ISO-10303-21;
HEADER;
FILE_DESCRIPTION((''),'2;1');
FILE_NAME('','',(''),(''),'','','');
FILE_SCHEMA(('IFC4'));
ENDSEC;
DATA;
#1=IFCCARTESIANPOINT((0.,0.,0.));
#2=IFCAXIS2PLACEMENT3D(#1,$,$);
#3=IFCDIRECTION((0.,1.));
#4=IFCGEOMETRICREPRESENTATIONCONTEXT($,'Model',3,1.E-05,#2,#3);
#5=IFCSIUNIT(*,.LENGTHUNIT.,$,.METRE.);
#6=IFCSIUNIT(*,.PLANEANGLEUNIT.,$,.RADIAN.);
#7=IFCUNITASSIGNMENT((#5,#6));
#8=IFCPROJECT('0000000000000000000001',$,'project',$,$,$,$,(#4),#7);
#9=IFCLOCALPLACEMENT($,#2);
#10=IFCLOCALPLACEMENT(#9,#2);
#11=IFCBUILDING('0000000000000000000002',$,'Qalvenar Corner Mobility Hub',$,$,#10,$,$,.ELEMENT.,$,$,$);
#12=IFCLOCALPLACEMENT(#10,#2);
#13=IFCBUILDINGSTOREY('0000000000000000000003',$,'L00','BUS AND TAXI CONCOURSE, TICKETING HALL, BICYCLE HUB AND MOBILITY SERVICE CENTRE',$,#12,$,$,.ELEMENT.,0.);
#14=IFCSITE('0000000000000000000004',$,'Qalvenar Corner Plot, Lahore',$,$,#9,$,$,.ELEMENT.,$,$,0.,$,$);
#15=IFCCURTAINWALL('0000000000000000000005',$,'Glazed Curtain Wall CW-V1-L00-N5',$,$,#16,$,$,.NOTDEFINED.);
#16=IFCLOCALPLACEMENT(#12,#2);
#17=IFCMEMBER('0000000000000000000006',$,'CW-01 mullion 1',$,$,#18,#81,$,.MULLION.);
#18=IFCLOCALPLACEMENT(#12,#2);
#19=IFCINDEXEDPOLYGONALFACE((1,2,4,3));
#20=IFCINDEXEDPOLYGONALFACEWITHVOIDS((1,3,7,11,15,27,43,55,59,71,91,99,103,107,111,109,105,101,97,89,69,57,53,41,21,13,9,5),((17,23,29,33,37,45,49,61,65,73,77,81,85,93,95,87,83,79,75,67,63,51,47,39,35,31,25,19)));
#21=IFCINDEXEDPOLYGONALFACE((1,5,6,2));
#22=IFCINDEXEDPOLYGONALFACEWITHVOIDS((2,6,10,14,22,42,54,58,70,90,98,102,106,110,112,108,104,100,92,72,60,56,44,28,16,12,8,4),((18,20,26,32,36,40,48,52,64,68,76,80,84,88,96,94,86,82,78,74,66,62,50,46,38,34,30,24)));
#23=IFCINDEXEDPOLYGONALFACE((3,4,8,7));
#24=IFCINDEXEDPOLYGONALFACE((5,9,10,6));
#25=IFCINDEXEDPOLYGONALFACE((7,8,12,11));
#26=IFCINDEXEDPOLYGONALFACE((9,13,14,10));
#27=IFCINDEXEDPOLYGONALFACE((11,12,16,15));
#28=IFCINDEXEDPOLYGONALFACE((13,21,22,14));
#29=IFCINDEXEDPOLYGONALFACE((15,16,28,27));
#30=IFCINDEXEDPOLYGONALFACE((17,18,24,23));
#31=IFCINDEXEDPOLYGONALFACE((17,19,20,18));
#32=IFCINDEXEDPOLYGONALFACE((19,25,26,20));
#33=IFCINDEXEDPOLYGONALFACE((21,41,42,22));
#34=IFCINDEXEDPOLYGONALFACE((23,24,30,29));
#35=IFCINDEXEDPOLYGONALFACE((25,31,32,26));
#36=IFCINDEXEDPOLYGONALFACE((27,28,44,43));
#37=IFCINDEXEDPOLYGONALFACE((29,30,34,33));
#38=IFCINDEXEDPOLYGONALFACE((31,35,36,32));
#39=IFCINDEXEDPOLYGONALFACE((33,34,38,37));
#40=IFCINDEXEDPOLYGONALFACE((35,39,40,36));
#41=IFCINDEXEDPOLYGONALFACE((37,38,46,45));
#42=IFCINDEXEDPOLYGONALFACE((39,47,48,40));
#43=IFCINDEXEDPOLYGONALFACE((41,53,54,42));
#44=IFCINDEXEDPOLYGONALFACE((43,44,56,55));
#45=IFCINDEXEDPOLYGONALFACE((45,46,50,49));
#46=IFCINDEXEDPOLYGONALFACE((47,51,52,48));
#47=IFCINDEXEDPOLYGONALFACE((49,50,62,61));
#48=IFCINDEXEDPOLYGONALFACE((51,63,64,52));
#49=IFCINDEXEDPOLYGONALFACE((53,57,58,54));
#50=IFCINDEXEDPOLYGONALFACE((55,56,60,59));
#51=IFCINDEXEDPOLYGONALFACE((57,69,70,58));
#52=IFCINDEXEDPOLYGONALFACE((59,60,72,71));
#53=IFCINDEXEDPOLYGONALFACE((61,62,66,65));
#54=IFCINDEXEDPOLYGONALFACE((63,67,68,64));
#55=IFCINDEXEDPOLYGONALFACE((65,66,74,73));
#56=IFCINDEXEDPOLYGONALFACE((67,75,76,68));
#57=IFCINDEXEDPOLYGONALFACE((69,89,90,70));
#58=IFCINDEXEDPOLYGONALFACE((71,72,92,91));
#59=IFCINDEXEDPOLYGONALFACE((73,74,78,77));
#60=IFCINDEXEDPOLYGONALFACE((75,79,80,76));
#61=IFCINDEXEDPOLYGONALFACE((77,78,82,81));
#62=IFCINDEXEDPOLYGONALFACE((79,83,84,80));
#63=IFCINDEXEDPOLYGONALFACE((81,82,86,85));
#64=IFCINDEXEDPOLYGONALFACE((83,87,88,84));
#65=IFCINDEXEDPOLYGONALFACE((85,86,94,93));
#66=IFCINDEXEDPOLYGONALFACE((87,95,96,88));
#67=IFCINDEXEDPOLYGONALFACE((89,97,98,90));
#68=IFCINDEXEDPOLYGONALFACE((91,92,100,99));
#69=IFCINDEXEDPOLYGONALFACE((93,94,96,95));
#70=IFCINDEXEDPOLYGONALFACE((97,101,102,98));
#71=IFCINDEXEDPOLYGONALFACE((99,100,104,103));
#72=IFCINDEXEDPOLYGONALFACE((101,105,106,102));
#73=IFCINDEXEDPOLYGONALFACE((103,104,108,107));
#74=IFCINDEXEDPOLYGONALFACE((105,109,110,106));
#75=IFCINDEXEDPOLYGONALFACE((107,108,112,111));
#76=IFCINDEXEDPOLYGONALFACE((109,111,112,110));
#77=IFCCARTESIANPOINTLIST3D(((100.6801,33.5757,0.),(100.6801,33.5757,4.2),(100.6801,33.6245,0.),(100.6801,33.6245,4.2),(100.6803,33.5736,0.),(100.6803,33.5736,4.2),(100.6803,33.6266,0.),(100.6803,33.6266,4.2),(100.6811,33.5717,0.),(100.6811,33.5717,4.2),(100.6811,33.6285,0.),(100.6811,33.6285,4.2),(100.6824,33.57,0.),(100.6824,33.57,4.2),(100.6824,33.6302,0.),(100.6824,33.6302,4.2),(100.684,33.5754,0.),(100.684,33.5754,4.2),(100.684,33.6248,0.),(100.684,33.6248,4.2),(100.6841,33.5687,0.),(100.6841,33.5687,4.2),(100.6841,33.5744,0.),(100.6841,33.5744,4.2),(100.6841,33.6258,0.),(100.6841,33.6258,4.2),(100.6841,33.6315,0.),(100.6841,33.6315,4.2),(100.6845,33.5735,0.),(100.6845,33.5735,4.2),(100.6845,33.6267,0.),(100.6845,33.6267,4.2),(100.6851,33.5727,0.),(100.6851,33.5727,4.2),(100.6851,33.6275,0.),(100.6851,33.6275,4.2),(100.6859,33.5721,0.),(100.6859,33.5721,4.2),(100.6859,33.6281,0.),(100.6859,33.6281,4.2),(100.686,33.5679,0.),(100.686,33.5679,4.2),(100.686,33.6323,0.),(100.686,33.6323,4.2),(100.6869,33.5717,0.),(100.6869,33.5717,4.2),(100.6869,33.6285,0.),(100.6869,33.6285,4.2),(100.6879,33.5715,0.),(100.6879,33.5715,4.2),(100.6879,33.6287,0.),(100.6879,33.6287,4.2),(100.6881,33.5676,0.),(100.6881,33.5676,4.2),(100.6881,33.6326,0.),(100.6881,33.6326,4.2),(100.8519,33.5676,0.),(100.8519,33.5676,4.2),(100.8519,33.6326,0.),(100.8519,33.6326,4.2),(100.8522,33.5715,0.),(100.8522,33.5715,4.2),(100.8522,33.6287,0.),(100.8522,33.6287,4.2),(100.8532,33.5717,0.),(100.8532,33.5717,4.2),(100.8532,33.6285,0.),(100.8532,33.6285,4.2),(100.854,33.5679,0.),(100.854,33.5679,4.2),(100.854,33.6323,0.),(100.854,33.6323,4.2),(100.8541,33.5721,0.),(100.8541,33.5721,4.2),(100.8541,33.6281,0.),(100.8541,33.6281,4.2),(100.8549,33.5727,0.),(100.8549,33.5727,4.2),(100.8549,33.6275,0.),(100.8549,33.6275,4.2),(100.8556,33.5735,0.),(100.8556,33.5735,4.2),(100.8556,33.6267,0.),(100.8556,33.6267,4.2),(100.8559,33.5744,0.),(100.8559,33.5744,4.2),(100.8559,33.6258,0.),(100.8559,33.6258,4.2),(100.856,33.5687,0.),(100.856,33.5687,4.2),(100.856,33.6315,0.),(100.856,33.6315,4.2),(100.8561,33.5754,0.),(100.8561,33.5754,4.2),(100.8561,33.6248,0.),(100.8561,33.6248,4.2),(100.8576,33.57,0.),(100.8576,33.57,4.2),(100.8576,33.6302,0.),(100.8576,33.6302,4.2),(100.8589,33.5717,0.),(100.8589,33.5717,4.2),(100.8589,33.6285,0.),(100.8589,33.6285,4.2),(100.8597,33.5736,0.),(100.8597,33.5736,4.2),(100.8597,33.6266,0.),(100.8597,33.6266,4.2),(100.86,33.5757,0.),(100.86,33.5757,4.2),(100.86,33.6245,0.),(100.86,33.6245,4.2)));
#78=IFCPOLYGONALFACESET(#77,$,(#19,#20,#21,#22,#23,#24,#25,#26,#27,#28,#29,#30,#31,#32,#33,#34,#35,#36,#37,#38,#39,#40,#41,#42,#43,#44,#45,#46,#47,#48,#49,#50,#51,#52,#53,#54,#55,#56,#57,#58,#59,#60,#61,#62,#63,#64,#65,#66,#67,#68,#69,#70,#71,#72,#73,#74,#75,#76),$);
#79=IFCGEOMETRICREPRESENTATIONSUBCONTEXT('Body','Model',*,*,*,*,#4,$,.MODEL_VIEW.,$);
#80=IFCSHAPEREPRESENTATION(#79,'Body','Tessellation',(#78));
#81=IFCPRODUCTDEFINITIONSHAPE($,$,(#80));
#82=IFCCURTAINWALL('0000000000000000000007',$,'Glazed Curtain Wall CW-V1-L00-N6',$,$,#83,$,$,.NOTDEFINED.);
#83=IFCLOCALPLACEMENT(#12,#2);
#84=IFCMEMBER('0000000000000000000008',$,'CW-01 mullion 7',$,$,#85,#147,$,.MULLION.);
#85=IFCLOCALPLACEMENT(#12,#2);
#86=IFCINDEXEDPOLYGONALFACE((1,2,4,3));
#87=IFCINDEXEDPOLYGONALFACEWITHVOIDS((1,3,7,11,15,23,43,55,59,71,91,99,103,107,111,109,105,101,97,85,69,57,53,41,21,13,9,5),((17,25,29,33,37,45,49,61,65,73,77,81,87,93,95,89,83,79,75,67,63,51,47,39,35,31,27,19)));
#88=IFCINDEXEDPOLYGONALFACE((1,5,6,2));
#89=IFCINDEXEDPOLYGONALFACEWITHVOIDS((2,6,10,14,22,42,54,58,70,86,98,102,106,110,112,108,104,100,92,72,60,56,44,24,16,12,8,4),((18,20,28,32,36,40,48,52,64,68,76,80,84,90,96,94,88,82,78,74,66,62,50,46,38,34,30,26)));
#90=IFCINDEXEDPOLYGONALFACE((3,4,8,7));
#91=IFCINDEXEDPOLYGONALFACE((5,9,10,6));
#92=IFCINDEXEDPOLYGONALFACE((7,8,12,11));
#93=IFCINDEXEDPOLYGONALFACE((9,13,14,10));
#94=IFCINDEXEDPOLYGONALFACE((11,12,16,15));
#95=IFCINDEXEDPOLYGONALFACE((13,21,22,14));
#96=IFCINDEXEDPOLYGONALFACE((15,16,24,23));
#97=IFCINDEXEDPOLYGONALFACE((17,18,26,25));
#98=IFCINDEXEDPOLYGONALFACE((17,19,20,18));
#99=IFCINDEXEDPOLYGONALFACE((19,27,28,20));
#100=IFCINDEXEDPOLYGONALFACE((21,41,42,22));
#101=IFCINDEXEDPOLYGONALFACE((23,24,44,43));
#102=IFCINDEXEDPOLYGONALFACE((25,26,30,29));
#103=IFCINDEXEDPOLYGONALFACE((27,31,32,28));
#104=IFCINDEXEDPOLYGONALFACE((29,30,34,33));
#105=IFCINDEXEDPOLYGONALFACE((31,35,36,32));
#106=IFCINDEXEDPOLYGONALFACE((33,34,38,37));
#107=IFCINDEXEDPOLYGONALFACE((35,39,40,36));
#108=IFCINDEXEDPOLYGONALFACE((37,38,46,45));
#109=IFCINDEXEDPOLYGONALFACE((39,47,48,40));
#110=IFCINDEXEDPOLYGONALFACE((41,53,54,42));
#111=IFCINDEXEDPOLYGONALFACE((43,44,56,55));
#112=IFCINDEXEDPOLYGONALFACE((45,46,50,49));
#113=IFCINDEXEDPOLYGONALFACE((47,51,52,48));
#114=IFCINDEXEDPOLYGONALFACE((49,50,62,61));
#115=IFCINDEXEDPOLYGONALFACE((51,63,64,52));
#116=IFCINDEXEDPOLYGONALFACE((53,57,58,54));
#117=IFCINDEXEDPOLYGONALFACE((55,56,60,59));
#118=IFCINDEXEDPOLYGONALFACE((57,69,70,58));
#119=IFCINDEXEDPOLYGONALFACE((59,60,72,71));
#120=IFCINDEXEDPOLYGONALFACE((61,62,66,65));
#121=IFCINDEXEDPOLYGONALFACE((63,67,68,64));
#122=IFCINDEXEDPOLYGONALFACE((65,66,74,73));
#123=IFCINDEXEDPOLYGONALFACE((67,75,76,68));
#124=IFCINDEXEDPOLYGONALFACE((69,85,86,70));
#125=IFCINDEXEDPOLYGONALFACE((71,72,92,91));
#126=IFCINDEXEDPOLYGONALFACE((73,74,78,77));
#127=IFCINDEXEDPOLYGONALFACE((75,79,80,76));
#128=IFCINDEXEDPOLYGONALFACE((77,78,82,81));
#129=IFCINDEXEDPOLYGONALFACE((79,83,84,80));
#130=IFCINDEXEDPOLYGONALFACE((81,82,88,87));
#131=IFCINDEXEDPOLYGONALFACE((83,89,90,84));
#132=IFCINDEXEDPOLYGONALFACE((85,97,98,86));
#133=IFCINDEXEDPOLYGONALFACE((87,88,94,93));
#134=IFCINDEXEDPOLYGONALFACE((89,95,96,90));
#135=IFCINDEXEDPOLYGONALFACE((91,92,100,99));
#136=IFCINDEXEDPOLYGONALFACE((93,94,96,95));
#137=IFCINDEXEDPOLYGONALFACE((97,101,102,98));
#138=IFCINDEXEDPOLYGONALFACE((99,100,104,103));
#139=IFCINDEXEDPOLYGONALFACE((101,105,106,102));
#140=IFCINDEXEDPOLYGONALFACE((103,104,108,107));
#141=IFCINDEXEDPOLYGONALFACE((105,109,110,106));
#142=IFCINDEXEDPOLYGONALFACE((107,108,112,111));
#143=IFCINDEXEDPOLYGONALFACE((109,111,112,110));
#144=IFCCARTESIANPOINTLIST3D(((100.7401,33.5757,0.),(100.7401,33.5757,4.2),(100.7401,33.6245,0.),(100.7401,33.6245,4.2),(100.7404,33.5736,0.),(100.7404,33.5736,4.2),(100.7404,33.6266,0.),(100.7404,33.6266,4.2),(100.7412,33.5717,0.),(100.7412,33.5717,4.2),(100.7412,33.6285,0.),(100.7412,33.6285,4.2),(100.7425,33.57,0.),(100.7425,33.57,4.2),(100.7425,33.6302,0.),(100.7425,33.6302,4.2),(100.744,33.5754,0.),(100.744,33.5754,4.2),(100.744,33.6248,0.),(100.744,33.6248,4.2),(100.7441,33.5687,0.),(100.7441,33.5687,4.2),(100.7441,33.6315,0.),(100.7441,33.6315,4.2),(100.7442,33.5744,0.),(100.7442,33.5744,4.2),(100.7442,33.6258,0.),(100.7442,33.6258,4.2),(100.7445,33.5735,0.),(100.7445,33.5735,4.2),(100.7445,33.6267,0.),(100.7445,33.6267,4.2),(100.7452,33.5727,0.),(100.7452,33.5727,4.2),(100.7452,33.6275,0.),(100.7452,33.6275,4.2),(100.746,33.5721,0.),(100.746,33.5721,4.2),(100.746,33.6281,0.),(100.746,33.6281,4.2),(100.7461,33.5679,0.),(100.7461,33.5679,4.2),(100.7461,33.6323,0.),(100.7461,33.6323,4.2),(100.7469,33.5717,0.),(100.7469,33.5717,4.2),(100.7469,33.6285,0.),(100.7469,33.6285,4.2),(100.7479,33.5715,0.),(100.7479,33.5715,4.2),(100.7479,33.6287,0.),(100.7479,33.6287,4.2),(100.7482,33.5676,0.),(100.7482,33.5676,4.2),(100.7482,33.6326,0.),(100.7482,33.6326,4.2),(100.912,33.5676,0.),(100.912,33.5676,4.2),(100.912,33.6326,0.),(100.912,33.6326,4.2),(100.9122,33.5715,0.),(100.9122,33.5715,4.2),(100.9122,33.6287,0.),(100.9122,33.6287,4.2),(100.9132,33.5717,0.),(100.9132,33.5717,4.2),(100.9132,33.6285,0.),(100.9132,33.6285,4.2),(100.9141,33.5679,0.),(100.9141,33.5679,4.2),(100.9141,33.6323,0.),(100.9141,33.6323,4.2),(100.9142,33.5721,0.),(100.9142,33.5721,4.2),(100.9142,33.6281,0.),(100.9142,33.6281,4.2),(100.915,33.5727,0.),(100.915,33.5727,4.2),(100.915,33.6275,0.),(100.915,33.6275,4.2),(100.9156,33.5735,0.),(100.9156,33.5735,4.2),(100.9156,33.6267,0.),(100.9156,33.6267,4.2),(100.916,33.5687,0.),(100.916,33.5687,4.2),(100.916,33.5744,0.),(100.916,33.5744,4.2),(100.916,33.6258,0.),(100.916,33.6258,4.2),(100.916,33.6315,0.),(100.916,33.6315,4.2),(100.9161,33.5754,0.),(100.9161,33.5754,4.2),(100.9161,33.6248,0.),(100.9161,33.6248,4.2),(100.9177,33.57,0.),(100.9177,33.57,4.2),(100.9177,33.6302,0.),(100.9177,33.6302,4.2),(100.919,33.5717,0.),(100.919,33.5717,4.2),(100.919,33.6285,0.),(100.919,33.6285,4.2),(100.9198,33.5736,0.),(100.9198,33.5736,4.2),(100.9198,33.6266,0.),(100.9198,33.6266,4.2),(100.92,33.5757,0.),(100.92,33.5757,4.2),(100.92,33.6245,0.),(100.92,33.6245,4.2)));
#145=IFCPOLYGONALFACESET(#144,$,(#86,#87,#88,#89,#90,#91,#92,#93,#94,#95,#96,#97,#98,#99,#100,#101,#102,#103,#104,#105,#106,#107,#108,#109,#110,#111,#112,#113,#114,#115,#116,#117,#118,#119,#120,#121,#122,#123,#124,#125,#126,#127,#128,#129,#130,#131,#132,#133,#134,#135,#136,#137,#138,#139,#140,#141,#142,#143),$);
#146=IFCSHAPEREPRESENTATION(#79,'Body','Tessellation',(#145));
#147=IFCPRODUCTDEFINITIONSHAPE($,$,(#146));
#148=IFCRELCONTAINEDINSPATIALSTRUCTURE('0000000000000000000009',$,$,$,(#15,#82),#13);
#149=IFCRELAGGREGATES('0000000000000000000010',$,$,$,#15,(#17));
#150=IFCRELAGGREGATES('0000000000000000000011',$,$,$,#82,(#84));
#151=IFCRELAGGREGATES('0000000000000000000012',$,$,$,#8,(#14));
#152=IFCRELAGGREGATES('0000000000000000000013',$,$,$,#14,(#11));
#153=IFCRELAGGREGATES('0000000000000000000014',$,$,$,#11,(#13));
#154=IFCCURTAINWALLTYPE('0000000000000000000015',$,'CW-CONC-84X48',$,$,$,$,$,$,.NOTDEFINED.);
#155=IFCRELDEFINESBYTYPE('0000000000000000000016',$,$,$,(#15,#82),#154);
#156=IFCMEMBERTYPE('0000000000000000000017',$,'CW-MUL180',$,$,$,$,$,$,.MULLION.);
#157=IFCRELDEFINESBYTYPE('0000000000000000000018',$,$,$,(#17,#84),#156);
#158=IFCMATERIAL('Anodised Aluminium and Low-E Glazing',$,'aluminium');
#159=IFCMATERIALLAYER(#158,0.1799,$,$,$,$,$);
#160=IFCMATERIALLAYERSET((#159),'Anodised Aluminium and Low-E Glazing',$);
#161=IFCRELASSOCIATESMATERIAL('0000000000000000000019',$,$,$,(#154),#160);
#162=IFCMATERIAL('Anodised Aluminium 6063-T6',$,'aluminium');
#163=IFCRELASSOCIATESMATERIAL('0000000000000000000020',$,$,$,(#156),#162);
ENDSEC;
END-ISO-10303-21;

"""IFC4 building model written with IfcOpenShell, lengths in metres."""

from ifc_helpers import new_model, si_unit, direction, frame, origin, origin_2d, place, context, subcontext, project, spatial, hollow_rectangle, extrude, material, layer, layer_set, material_profile, profile_set, type_object, element, aggregate, save


model = new_model("IFC4")

# Units and contexts
model_context = context("Model", 3, precision=1e-05, world=origin(), true_north=direction((0.0, 1.0)))
body_context = subcontext(model_context, "Body", "Model", "MODEL_VIEW")
ifc_project = project(units=[si_unit("LENGTHUNIT", "METRE"), si_unit("PLANEANGLEUNIT", "RADIAN")], contexts=[model_context])

# Site, building, storey
site_placement = place(None, origin())
site = spatial("IfcSite", under=ifc_project, at=site_placement, Name="Qalvenar Corner Plot, Lahore", CompositionType="ELEMENT", RefElevation=0.0)
building_placement = place(site_placement, origin())
building = spatial("IfcBuilding", under=site, at=building_placement, Name="Qalvenar Corner Mobility Hub", CompositionType="ELEMENT")
storey_placement = place(building_placement, origin())
storey = spatial("IfcBuildingStorey", under=building, at=storey_placement, Name="L00", Description="BUS AND TAXI CONCOURSE, TICKETING HALL, BICYCLE HUB AND MOBILITY SERVICE CENTRE", CompositionType="ELEMENT", Elevation=0.0)

# Curtain walls, members
ifc_material_1 = material(Name="Anodised Aluminium and Low-E Glazing", Category="aluminium")
ifc_material_2 = material(Name="Anodised Aluminium 6063-T6", Category="aluminium")
ifc_layer_1 = layer(ifc_material_1, 0.1799)
ifc_layer_set_1 = layer_set([ifc_layer_1], Name="Anodised Aluminium and Low-E Glazing")
curtain_wall_type_1 = type_object("IfcCurtainWallType", Name="CW-CONC-84X48", PredefinedType="NOTDEFINED", material=ifc_layer_set_1)
curtain_wall_1_placement = place(storey_placement, origin())
curtain_wall_1 = element("IfcCurtainWall", 1, at=curtain_wall_1_placement, inside=storey, type_object=curtain_wall_type_1, Name="Glazed Curtain Wall CW-V1-L00-N5", PredefinedType="NOTDEFINED")
ifc_material_profile_1 = material_profile(ifc_material_2, hollow_rectangle(XDim=0.0649, YDim=0.1799, WallThickness=0.0039, InnerFilletRadius=0.0039, OuterFilletRadius=0.0081, at=origin_2d()), Name="RHS180x65x4")
ifc_profile_set_1 = profile_set([ifc_material_profile_1], Name="Anodised Aluminium 6063-T6")
member_type_1 = type_object("IfcMemberType", Name="CW-MUL180", PredefinedType="MULLION", material=ifc_profile_set_1)
member_1_placement = place(storey_placement, frame((100.77, 33.6001, 0.0), z_axis=(0.0, 0.0, 1.0), x_axis=(0.0, -1.0, 0.0)))
member_1 = element("IfcMember", 2, at=member_1_placement, type_object=member_type_1, Name="CW-01 mullion 1", PredefinedType="MULLION", context=body_context, shape_type="SweptSolid", body=[
    extrude(hollow_rectangle(XDim=0.0649, YDim=0.1799, WallThickness=0.0039, InnerFilletRadius=0.0039, OuterFilletRadius=0.0081, at=origin_2d()), origin(), (0.0, 0.0, 1.0), 4.2),
])
curtain_wall_2_placement = place(storey_placement, origin())
curtain_wall_2 = element("IfcCurtainWall", 3, at=curtain_wall_2_placement, inside=storey, type_object=curtain_wall_type_1, Name="Glazed Curtain Wall CW-V1-L00-N6", PredefinedType="NOTDEFINED")
member_2_placement = place(storey_placement, frame((100.8301, 33.6001, 0.0), z_axis=(0.0, 0.0, 1.0), x_axis=(0.0, -1.0, 0.0)))
member_2 = element("IfcMember", 4, at=member_2_placement, type_object=member_type_1, Name="CW-01 mullion 7", PredefinedType="MULLION", context=body_context, shape_type="SweptSolid", body=[
    extrude(hollow_rectangle(XDim=0.0649, YDim=0.1799, WallThickness=0.0039, InnerFilletRadius=0.0039, OuterFilletRadius=0.0081, at=origin_2d()), origin(), (0.0, 0.0, 1.0), 4.2),
])

aggregate(curtain_wall_1, [member_1])
aggregate(curtain_wall_2, [member_2])

save(model, "model.ifc")
